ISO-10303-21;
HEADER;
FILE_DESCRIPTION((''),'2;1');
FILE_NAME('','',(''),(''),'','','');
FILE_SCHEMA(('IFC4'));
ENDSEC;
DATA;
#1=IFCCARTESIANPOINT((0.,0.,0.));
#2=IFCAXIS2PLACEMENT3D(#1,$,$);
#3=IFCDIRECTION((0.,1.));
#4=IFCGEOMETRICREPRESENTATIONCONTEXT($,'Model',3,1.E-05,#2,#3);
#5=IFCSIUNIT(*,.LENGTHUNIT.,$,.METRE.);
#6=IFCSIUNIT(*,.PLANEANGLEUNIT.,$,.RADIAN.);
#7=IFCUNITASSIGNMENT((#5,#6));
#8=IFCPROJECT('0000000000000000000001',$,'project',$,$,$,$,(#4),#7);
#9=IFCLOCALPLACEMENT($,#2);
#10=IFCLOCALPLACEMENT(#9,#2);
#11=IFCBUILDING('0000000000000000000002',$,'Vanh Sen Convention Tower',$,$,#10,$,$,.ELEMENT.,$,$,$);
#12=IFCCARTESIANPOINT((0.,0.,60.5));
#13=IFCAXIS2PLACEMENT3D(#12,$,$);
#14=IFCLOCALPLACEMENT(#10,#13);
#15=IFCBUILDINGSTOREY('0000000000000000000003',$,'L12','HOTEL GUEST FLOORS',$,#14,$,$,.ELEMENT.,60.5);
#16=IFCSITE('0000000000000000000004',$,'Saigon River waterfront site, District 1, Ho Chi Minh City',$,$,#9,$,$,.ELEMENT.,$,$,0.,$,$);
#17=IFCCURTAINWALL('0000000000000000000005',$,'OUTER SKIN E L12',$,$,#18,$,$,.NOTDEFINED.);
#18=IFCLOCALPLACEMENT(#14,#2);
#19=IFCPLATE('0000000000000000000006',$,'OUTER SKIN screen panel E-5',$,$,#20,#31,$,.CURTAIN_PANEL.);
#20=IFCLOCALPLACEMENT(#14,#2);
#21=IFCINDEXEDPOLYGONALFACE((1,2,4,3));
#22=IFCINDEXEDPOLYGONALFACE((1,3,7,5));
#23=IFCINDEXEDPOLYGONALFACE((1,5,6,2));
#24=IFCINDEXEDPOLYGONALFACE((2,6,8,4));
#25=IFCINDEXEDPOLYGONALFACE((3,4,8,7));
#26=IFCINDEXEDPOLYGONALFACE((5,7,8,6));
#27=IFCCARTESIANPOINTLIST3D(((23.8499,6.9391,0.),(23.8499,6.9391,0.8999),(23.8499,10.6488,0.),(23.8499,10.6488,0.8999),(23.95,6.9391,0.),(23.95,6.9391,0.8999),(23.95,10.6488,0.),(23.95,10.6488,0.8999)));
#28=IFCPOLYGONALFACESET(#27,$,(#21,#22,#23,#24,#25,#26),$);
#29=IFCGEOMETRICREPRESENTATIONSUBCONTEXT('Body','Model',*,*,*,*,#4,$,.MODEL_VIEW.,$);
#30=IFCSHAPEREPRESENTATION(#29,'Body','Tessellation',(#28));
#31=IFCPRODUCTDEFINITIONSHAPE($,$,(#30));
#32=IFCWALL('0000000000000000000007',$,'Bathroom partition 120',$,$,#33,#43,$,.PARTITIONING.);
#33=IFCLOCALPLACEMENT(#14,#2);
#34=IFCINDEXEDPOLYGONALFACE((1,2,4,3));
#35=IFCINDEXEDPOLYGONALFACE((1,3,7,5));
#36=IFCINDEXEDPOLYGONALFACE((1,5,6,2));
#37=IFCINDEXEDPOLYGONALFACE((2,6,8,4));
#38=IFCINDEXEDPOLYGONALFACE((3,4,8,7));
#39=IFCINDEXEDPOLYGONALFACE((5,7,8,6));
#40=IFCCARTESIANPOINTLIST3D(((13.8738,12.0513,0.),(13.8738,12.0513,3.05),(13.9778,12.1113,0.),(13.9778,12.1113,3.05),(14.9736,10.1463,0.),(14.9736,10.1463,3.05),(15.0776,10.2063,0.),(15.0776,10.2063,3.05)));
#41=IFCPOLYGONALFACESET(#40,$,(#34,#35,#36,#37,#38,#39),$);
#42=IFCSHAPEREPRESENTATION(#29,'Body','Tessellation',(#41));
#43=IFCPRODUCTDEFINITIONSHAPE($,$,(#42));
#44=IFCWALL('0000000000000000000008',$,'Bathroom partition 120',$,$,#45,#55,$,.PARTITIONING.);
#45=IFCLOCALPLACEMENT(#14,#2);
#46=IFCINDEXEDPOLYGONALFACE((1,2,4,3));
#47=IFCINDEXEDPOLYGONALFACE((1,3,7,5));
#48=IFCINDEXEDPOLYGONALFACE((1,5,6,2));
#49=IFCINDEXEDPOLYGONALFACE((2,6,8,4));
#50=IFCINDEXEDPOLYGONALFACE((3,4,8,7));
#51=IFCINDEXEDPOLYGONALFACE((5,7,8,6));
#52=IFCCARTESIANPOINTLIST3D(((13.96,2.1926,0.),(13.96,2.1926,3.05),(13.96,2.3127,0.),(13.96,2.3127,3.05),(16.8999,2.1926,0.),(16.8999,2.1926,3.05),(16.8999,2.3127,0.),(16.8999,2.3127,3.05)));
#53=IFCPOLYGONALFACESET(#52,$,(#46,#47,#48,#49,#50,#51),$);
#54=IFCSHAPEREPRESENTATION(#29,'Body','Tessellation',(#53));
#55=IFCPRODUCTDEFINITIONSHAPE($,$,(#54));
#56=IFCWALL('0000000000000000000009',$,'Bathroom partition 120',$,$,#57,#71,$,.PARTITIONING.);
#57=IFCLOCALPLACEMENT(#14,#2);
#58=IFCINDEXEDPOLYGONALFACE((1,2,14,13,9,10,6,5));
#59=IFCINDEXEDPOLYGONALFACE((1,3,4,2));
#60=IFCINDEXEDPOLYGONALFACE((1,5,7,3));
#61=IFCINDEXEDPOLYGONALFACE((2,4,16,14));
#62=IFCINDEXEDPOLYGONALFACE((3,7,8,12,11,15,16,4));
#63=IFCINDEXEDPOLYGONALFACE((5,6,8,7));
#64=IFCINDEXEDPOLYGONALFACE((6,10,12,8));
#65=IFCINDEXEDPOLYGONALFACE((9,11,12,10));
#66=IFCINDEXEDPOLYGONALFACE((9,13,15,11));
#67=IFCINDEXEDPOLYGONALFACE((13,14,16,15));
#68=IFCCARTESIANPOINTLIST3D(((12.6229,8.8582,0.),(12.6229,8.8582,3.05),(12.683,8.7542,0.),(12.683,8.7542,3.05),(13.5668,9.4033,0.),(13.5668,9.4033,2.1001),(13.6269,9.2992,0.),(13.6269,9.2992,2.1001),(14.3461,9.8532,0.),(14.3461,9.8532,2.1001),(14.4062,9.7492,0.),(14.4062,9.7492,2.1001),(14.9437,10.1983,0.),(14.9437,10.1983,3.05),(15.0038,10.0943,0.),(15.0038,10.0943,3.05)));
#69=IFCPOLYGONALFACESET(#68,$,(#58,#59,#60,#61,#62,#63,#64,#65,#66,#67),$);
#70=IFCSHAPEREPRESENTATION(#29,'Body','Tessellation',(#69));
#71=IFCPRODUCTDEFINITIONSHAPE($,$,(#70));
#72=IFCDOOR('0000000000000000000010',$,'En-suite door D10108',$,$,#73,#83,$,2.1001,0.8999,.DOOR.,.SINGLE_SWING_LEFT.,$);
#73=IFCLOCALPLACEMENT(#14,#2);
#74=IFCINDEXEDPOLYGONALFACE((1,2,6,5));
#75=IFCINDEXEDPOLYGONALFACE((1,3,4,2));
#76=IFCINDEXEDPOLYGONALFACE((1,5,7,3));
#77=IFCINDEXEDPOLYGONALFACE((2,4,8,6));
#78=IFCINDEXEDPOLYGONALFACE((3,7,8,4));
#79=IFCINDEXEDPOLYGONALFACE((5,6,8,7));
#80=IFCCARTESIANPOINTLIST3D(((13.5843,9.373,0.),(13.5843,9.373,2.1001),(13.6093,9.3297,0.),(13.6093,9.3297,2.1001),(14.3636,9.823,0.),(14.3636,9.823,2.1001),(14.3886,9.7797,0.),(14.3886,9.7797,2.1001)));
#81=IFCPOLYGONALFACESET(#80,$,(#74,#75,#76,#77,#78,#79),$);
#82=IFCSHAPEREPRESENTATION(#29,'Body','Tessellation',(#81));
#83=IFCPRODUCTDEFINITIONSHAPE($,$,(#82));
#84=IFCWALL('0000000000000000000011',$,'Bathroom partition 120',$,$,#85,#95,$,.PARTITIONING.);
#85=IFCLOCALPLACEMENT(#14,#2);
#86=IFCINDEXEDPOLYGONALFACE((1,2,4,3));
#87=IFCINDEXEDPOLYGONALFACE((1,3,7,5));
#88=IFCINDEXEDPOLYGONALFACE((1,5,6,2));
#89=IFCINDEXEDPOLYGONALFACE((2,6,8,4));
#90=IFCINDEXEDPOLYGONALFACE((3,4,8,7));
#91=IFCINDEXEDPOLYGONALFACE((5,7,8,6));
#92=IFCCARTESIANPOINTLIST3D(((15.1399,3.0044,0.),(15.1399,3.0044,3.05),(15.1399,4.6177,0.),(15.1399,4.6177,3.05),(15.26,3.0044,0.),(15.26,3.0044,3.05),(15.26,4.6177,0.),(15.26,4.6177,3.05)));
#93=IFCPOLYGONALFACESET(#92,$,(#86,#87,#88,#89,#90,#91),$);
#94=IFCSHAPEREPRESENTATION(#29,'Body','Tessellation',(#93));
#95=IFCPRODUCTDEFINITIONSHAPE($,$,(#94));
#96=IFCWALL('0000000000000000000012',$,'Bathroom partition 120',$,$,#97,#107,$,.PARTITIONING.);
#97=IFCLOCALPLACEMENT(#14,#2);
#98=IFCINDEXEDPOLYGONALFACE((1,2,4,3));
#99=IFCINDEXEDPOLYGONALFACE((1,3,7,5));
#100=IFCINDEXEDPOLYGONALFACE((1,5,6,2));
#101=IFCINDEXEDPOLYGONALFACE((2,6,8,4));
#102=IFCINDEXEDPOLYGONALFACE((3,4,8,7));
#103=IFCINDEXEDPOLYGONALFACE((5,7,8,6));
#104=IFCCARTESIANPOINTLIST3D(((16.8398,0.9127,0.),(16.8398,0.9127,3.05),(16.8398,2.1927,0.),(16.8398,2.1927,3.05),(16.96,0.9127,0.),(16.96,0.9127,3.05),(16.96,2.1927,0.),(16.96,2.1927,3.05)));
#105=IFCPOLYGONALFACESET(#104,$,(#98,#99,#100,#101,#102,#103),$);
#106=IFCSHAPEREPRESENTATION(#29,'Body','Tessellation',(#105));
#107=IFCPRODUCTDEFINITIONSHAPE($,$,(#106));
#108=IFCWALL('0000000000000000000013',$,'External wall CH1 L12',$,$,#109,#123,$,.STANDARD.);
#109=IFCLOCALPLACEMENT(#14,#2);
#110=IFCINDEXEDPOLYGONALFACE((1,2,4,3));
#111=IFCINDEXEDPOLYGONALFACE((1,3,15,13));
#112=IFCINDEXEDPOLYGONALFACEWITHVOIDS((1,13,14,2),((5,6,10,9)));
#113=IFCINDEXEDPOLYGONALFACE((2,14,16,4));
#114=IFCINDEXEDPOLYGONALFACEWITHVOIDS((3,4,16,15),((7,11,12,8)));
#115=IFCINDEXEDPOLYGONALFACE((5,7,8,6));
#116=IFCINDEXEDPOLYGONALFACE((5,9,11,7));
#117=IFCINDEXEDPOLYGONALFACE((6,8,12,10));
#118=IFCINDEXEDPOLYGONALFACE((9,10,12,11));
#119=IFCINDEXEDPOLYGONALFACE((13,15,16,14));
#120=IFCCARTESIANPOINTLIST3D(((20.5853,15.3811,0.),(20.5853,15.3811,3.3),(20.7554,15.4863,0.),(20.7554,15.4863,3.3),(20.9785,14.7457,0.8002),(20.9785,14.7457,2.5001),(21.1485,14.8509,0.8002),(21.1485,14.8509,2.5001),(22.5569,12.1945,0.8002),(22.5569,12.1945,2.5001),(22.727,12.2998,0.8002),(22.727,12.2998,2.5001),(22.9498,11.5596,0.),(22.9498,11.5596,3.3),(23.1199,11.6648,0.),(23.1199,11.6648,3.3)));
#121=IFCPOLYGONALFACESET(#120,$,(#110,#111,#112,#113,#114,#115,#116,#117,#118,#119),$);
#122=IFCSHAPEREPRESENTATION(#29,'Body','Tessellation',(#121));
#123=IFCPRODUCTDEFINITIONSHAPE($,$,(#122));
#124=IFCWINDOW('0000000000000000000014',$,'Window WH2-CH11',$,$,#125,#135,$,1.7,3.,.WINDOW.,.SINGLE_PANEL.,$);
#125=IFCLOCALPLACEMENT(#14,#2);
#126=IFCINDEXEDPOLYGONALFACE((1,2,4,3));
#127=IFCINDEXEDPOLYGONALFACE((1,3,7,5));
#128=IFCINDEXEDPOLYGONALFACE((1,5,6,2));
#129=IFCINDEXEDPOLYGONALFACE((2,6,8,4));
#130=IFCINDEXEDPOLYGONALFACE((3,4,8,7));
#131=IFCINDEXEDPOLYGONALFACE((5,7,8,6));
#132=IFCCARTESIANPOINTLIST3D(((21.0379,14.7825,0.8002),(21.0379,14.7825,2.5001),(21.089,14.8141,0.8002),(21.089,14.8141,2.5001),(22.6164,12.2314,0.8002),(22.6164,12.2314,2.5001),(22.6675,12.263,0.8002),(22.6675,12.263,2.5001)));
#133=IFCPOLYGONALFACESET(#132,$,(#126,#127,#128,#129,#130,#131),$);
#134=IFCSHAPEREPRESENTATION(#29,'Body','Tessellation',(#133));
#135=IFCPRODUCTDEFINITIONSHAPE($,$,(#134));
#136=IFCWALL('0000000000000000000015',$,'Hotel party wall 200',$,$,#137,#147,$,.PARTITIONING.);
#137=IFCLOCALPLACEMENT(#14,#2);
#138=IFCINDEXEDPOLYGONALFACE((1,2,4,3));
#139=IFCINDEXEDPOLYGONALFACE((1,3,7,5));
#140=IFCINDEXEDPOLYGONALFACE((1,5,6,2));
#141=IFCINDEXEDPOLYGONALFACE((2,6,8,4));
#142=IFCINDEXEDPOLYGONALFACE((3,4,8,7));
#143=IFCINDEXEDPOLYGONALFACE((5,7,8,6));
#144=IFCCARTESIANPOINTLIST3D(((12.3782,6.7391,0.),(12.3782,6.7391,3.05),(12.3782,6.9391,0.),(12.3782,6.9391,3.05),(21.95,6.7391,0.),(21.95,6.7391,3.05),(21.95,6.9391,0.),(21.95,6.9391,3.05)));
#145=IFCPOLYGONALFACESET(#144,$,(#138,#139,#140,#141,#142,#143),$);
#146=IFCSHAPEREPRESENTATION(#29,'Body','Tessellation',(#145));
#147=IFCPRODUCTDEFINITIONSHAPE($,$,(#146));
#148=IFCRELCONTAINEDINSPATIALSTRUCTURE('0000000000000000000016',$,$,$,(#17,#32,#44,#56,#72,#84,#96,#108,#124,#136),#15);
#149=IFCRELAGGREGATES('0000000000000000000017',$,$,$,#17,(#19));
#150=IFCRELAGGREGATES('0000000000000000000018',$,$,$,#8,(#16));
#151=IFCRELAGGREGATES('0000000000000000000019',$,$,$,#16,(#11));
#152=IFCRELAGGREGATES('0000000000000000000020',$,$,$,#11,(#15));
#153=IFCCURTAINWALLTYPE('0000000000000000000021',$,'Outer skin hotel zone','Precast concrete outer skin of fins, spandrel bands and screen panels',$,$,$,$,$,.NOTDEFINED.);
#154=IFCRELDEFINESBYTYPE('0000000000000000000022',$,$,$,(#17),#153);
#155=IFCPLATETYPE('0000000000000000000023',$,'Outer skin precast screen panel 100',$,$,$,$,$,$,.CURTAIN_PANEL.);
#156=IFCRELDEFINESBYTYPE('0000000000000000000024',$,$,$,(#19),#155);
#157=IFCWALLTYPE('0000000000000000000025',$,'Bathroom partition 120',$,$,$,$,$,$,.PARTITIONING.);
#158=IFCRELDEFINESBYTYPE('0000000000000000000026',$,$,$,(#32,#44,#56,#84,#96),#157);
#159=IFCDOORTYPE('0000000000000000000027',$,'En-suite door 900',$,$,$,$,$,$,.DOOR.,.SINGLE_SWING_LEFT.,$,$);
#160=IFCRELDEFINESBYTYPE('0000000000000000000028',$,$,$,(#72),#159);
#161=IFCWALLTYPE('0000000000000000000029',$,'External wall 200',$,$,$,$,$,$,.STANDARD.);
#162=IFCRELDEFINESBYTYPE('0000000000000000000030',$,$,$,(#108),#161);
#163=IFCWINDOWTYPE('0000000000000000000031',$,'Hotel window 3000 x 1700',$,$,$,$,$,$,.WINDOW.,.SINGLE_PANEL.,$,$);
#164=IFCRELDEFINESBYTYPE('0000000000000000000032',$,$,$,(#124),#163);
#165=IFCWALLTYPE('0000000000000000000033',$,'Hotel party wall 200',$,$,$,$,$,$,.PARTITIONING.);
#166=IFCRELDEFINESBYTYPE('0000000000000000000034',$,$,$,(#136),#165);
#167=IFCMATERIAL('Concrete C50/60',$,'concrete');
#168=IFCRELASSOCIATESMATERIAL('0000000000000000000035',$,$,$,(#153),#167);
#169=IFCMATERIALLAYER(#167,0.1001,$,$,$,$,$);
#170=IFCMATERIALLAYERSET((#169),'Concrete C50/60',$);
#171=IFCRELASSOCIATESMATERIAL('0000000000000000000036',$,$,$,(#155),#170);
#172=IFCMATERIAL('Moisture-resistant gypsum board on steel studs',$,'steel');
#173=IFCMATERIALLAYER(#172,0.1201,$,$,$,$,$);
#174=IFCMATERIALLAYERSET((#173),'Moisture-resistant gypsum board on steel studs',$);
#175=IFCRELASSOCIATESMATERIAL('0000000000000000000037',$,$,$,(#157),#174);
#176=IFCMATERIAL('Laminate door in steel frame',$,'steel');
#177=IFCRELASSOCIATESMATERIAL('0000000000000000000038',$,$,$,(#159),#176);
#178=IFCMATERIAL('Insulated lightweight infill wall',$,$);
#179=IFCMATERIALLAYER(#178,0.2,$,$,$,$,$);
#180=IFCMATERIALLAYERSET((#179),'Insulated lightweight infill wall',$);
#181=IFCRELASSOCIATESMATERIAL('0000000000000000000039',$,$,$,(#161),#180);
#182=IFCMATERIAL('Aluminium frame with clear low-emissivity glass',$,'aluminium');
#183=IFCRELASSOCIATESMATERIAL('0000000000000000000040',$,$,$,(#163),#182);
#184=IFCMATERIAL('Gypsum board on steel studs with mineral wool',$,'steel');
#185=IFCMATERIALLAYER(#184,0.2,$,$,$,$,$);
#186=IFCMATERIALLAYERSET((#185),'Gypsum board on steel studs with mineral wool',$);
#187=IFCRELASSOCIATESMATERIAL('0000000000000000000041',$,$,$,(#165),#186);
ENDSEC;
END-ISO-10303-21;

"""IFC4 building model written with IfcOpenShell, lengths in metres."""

from ifc_helpers import new_model, si_unit, direction, frame, frame_2d, origin, origin_2d, place, context, subcontext, project, spatial, rectangle, extrude, material, layer, layer_set, type_object, element, fill, aggregate, save


model = new_model("IFC4")

# Units and contexts
model_context = context("Model", 3, precision=1e-05, world=origin(), true_north=direction((0.0, 1.0)))
body_context = subcontext(model_context, "Body", "Model", "MODEL_VIEW")
ifc_project = project(units=[si_unit("LENGTHUNIT", "METRE"), si_unit("PLANEANGLEUNIT", "RADIAN")], contexts=[model_context])

# Site, building, storey
site_placement = place(None, origin())
site = spatial("IfcSite", under=ifc_project, at=site_placement, Name="Saigon River waterfront site, District 1, Ho Chi Minh City", CompositionType="ELEMENT", RefElevation=0.0)
building_placement = place(site_placement, origin())
building = spatial("IfcBuilding", under=site, at=building_placement, Name="Vanh Sen Convention Tower", CompositionType="ELEMENT")
storey_placement = place(building_placement, frame((0.0, 0.0, 60.5)))
storey = spatial("IfcBuildingStorey", under=building, at=storey_placement, Name="L12", Description="HOTEL GUEST FLOORS", CompositionType="ELEMENT", Elevation=60.5)

# Curtain wall
ifc_material_1 = material(Name="Concrete C50/60", Category="concrete")
curtain_wall_type = type_object("IfcCurtainWallType", Name="Outer skin hotel zone", Description="Precast concrete outer skin of fins, spandrel bands and screen panels", PredefinedType="NOTDEFINED", material=ifc_material_1)
curtain_wall_1_placement = place(storey_placement, origin())
curtain_wall_1 = element("IfcCurtainWall", 1, at=curtain_wall_1_placement, inside=storey, type_object=curtain_wall_type, Name="OUTER SKIN E L12", PredefinedType="NOTDEFINED")

# Plate
ifc_layer_1 = layer(ifc_material_1, 0.1001)
ifc_layer_set_1 = layer_set([ifc_layer_1], Name="Concrete C50/60")
plate_type = type_object("IfcPlateType", Name="Outer skin precast screen panel 100", PredefinedType="CURTAIN_PANEL", material=ifc_layer_set_1)
plate_1_placement = place(storey_placement, frame((23.8999, 8.7939, 0.0), z_axis=(0.0, 0.0, 1.0), x_axis=(0.0, 1.0, 0.0)))
plate_1 = element("IfcPlate", 2, at=plate_1_placement, type_object=plate_type, Name="OUTER SKIN screen panel E-5", PredefinedType="CURTAIN_PANEL", context=body_context, shape_type="SweptSolid", body=[
    extrude(rectangle(XDim=3.7097, YDim=0.1001, at=origin_2d()), origin(), (0.0, 0.0, 1.0), 0.8999),
])
aggregate(curtain_wall_1, [plate_1])

# Walls
ifc_material_2 = material(Name="Moisture-resistant gypsum board on steel studs", Category="steel")
ifc_layer_2 = layer(ifc_material_2, 0.1201)
ifc_layer_set_2 = layer_set([ifc_layer_2], Name="Moisture-resistant gypsum board on steel studs")
wall_type_1 = type_object("IfcWallType", Name="Bathroom partition 120", PredefinedType="PARTITIONING", material=ifc_layer_set_2)
wall_1_placement = place(storey_placement, frame((13.9258, 12.0813, 0.0), z_axis=(0.0, 0.0, 1.0), x_axis=(0.499995, -0.866028, 0.0)))
element("IfcWall", 3, at=wall_1_placement, inside=storey, type_object=wall_type_1, Name="Bathroom partition 120", PredefinedType="PARTITIONING", context=body_context, shape_type="SweptSolid", body=[
    extrude(rectangle(XDim=2.1997, YDim=0.1201, at=frame_2d((1.0999, 0.0))), origin(), (0.0, 0.0, 1.0), 3.05),
])
wall_2_placement = place(storey_placement, frame((13.96, 2.2527, 0.0), z_axis=(0.0, 0.0, 1.0), x_axis=(1.0, 0.0, 0.0)))
element("IfcWall", 4, at=wall_2_placement, inside=storey, type_object=wall_type_1, Name="Bathroom partition 120", PredefinedType="PARTITIONING", context=body_context, shape_type="SweptSolid", body=[
    extrude(rectangle(XDim=2.9399, YDim=0.1201, at=frame_2d((1.47, 0.0))), origin(), (0.0, 0.0, 1.0), 3.05),
])

# Wall, opening, door
wall_3_placement = place(storey_placement, frame((14.9736, 10.1462, 0.0), z_axis=(0.0, 0.0, 1.0), x_axis=(-0.865997, -0.500048, 0.0)))
wall_3 = element("IfcWall", 5, at=wall_3_placement, inside=storey, type_object=wall_type_1, Name="Bathroom partition 120", PredefinedType="PARTITIONING", context=body_context, shape_type="SweptSolid", body=[
    extrude(rectangle(XDim=2.6799, YDim=0.1201, at=frame_2d((1.3398, 0.0))), origin(), (0.0, 0.0, 1.0), 3.05),
])
opening_1_placement = place(wall_3_placement, frame((0.6899, 0.0, 0.0)))
opening_1 = element("IfcOpeningElement", 6, at=opening_1_placement, cuts=wall_3, PredefinedType="OPENING", context=body_context, shape_type="SweptSolid", body=[
    extrude(rectangle(XDim=0.8999, YDim=2.1001, at=frame_2d((0.45, 1.05))), frame((0.0, 0.0701, 0.0), z_axis=(0.0, -1.0, 0.0), x_axis=(1.0, 0.0, 0.0)), (0.0, 0.0, 1.0), 0.1401),
])
ifc_material_3 = material(Name="Laminate door in steel frame", Category="steel")
door_type_1 = type_object("IfcDoorType", Name="En-suite door 900", OperationType="SINGLE_SWING_LEFT", PredefinedType="DOOR", material=ifc_material_3)
door_1_placement = place(opening_1_placement, origin())
door_1 = element("IfcDoor", 7, at=door_1_placement, inside=storey, type_object=door_type_1, Name="En-suite door D10108", OperationType="SINGLE_SWING_LEFT", OverallHeight=2.1001, OverallWidth=0.8999, PredefinedType="DOOR", context=body_context, shape_type="SweptSolid", body=[
    extrude(rectangle(XDim=0.8999, YDim=2.1001, at=frame_2d((0.45, 1.05))), frame((0.0, 0.0249, 0.0), z_axis=(0.0, -1.0, 0.0), x_axis=(1.0, 0.0, 0.0)), (0.0, 0.0, 1.0), 0.05),
])
fill(opening_1, door_1)

# Walls
wall_4_placement = place(storey_placement, frame((15.2, 4.6177, 0.0), z_axis=(0.0, 0.0, 1.0), x_axis=(0.0, -1.0, 0.0)))
element("IfcWall", 8, at=wall_4_placement, inside=storey, type_object=wall_type_1, Name="Bathroom partition 120", PredefinedType="PARTITIONING", context=body_context, shape_type="SweptSolid", body=[
    extrude(rectangle(XDim=1.6133, YDim=0.1201, at=frame_2d((0.8066, 0.0))), origin(), (0.0, 0.0, 1.0), 3.05),
])
wall_5_placement = place(storey_placement, frame((16.8999, 2.1929, 0.0), z_axis=(0.0, 0.0, 1.0), x_axis=(0.0, -1.0, 0.0)))
element("IfcWall", 9, at=wall_5_placement, inside=storey, type_object=wall_type_1, Name="Bathroom partition 120", PredefinedType="PARTITIONING", context=body_context, shape_type="SweptSolid", body=[
    extrude(rectangle(XDim=1.28, YDim=0.1201, at=frame_2d((0.6401, 0.0))), origin(), (0.0, 0.0, 1.0), 3.05),
])

# Wall, opening, window
ifc_material_4 = material(Name="Insulated lightweight infill wall")
ifc_layer_3 = layer(ifc_material_4, 0.2)
ifc_layer_set_3 = layer_set([ifc_layer_3], Name="Insulated lightweight infill wall")
wall_type_2 = type_object("IfcWallType", Name="External wall 200", PredefinedType="STANDARD", material=ifc_layer_set_3)
wall_6_placement = place(storey_placement, frame((23.0349, 11.6121, 0.0), z_axis=(0.0, 0.0, 1.0), x_axis=(-0.52616, 0.850386, 0.0)))
wall_6 = element("IfcWall", 10, at=wall_6_placement, inside=storey, type_object=wall_type_2, Name="External wall CH1 L12", PredefinedType="STANDARD", context=body_context, shape_type="SweptSolid", body=[
    extrude(rectangle(XDim=4.4939, YDim=0.2, at=frame_2d((2.2471, 0.0))), origin(), (0.0, 0.0, 1.0), 3.3),
])
opening_2_placement = place(wall_6_placement, frame((0.7468, 0.0, 0.8)))
opening_2 = element("IfcOpeningElement", 11, at=opening_2_placement, cuts=wall_6, PredefinedType="OPENING", context=body_context, shape_type="SweptSolid", body=[
    extrude(rectangle(XDim=3.0, YDim=1.7, at=frame_2d((1.5, 0.8501))), frame((0.0, 0.1099, 0.0), z_axis=(0.0, -1.0, 0.0), x_axis=(1.0, 0.0, 0.0)), (0.0, 0.0, 1.0), 0.22),
])
ifc_material_5 = material(Name="Aluminium frame with clear low-emissivity glass", Category="aluminium")
window_type = type_object("IfcWindowType", Name="Hotel window 3000 x 1700", PartitioningType="SINGLE_PANEL", PredefinedType="WINDOW", material=ifc_material_5)
window_placement = place(opening_2_placement, origin())
window = element("IfcWindow", 12, at=window_placement, inside=storey, type_object=window_type, Name="Window WH2-CH11", OverallHeight=1.7, OverallWidth=3.0, PartitioningType="SINGLE_PANEL", PredefinedType="WINDOW", context=body_context, shape_type="SweptSolid", body=[
    extrude(rectangle(XDim=3.0, YDim=1.7, at=frame_2d((1.5, 0.8501))), frame((0.0, 0.03, 0.0), z_axis=(0.0, -1.0, 0.0), x_axis=(1.0, 0.0, 0.0)), (0.0, 0.0, 1.0), 0.0601),
])
fill(opening_2, window)

# Wall
ifc_material_6 = material(Name="Gypsum board on steel studs with mineral wool", Category="steel")
ifc_layer_4 = layer(ifc_material_6, 0.2)
ifc_layer_set_4 = layer_set([ifc_layer_4], Name="Gypsum board on steel studs with mineral wool")
wall_type_3 = type_object("IfcWallType", Name="Hotel party wall 200", PredefinedType="PARTITIONING", material=ifc_layer_set_4)
wall_7_placement = place(storey_placement, frame((21.95, 6.8391, 0.0), z_axis=(0.0, 0.0, 1.0), x_axis=(-1.0, 0.0, 0.0)))
element("IfcWall", 13, at=wall_7_placement, inside=storey, type_object=wall_type_3, Name="Hotel party wall 200", PredefinedType="PARTITIONING", context=body_context, shape_type="SweptSolid", body=[
    extrude(rectangle(XDim=9.5718, YDim=0.2, at=frame_2d((4.7859, 0.0))), origin(), (0.0, 0.0, 1.0), 3.05),
])

save(model, "model.ifc")
